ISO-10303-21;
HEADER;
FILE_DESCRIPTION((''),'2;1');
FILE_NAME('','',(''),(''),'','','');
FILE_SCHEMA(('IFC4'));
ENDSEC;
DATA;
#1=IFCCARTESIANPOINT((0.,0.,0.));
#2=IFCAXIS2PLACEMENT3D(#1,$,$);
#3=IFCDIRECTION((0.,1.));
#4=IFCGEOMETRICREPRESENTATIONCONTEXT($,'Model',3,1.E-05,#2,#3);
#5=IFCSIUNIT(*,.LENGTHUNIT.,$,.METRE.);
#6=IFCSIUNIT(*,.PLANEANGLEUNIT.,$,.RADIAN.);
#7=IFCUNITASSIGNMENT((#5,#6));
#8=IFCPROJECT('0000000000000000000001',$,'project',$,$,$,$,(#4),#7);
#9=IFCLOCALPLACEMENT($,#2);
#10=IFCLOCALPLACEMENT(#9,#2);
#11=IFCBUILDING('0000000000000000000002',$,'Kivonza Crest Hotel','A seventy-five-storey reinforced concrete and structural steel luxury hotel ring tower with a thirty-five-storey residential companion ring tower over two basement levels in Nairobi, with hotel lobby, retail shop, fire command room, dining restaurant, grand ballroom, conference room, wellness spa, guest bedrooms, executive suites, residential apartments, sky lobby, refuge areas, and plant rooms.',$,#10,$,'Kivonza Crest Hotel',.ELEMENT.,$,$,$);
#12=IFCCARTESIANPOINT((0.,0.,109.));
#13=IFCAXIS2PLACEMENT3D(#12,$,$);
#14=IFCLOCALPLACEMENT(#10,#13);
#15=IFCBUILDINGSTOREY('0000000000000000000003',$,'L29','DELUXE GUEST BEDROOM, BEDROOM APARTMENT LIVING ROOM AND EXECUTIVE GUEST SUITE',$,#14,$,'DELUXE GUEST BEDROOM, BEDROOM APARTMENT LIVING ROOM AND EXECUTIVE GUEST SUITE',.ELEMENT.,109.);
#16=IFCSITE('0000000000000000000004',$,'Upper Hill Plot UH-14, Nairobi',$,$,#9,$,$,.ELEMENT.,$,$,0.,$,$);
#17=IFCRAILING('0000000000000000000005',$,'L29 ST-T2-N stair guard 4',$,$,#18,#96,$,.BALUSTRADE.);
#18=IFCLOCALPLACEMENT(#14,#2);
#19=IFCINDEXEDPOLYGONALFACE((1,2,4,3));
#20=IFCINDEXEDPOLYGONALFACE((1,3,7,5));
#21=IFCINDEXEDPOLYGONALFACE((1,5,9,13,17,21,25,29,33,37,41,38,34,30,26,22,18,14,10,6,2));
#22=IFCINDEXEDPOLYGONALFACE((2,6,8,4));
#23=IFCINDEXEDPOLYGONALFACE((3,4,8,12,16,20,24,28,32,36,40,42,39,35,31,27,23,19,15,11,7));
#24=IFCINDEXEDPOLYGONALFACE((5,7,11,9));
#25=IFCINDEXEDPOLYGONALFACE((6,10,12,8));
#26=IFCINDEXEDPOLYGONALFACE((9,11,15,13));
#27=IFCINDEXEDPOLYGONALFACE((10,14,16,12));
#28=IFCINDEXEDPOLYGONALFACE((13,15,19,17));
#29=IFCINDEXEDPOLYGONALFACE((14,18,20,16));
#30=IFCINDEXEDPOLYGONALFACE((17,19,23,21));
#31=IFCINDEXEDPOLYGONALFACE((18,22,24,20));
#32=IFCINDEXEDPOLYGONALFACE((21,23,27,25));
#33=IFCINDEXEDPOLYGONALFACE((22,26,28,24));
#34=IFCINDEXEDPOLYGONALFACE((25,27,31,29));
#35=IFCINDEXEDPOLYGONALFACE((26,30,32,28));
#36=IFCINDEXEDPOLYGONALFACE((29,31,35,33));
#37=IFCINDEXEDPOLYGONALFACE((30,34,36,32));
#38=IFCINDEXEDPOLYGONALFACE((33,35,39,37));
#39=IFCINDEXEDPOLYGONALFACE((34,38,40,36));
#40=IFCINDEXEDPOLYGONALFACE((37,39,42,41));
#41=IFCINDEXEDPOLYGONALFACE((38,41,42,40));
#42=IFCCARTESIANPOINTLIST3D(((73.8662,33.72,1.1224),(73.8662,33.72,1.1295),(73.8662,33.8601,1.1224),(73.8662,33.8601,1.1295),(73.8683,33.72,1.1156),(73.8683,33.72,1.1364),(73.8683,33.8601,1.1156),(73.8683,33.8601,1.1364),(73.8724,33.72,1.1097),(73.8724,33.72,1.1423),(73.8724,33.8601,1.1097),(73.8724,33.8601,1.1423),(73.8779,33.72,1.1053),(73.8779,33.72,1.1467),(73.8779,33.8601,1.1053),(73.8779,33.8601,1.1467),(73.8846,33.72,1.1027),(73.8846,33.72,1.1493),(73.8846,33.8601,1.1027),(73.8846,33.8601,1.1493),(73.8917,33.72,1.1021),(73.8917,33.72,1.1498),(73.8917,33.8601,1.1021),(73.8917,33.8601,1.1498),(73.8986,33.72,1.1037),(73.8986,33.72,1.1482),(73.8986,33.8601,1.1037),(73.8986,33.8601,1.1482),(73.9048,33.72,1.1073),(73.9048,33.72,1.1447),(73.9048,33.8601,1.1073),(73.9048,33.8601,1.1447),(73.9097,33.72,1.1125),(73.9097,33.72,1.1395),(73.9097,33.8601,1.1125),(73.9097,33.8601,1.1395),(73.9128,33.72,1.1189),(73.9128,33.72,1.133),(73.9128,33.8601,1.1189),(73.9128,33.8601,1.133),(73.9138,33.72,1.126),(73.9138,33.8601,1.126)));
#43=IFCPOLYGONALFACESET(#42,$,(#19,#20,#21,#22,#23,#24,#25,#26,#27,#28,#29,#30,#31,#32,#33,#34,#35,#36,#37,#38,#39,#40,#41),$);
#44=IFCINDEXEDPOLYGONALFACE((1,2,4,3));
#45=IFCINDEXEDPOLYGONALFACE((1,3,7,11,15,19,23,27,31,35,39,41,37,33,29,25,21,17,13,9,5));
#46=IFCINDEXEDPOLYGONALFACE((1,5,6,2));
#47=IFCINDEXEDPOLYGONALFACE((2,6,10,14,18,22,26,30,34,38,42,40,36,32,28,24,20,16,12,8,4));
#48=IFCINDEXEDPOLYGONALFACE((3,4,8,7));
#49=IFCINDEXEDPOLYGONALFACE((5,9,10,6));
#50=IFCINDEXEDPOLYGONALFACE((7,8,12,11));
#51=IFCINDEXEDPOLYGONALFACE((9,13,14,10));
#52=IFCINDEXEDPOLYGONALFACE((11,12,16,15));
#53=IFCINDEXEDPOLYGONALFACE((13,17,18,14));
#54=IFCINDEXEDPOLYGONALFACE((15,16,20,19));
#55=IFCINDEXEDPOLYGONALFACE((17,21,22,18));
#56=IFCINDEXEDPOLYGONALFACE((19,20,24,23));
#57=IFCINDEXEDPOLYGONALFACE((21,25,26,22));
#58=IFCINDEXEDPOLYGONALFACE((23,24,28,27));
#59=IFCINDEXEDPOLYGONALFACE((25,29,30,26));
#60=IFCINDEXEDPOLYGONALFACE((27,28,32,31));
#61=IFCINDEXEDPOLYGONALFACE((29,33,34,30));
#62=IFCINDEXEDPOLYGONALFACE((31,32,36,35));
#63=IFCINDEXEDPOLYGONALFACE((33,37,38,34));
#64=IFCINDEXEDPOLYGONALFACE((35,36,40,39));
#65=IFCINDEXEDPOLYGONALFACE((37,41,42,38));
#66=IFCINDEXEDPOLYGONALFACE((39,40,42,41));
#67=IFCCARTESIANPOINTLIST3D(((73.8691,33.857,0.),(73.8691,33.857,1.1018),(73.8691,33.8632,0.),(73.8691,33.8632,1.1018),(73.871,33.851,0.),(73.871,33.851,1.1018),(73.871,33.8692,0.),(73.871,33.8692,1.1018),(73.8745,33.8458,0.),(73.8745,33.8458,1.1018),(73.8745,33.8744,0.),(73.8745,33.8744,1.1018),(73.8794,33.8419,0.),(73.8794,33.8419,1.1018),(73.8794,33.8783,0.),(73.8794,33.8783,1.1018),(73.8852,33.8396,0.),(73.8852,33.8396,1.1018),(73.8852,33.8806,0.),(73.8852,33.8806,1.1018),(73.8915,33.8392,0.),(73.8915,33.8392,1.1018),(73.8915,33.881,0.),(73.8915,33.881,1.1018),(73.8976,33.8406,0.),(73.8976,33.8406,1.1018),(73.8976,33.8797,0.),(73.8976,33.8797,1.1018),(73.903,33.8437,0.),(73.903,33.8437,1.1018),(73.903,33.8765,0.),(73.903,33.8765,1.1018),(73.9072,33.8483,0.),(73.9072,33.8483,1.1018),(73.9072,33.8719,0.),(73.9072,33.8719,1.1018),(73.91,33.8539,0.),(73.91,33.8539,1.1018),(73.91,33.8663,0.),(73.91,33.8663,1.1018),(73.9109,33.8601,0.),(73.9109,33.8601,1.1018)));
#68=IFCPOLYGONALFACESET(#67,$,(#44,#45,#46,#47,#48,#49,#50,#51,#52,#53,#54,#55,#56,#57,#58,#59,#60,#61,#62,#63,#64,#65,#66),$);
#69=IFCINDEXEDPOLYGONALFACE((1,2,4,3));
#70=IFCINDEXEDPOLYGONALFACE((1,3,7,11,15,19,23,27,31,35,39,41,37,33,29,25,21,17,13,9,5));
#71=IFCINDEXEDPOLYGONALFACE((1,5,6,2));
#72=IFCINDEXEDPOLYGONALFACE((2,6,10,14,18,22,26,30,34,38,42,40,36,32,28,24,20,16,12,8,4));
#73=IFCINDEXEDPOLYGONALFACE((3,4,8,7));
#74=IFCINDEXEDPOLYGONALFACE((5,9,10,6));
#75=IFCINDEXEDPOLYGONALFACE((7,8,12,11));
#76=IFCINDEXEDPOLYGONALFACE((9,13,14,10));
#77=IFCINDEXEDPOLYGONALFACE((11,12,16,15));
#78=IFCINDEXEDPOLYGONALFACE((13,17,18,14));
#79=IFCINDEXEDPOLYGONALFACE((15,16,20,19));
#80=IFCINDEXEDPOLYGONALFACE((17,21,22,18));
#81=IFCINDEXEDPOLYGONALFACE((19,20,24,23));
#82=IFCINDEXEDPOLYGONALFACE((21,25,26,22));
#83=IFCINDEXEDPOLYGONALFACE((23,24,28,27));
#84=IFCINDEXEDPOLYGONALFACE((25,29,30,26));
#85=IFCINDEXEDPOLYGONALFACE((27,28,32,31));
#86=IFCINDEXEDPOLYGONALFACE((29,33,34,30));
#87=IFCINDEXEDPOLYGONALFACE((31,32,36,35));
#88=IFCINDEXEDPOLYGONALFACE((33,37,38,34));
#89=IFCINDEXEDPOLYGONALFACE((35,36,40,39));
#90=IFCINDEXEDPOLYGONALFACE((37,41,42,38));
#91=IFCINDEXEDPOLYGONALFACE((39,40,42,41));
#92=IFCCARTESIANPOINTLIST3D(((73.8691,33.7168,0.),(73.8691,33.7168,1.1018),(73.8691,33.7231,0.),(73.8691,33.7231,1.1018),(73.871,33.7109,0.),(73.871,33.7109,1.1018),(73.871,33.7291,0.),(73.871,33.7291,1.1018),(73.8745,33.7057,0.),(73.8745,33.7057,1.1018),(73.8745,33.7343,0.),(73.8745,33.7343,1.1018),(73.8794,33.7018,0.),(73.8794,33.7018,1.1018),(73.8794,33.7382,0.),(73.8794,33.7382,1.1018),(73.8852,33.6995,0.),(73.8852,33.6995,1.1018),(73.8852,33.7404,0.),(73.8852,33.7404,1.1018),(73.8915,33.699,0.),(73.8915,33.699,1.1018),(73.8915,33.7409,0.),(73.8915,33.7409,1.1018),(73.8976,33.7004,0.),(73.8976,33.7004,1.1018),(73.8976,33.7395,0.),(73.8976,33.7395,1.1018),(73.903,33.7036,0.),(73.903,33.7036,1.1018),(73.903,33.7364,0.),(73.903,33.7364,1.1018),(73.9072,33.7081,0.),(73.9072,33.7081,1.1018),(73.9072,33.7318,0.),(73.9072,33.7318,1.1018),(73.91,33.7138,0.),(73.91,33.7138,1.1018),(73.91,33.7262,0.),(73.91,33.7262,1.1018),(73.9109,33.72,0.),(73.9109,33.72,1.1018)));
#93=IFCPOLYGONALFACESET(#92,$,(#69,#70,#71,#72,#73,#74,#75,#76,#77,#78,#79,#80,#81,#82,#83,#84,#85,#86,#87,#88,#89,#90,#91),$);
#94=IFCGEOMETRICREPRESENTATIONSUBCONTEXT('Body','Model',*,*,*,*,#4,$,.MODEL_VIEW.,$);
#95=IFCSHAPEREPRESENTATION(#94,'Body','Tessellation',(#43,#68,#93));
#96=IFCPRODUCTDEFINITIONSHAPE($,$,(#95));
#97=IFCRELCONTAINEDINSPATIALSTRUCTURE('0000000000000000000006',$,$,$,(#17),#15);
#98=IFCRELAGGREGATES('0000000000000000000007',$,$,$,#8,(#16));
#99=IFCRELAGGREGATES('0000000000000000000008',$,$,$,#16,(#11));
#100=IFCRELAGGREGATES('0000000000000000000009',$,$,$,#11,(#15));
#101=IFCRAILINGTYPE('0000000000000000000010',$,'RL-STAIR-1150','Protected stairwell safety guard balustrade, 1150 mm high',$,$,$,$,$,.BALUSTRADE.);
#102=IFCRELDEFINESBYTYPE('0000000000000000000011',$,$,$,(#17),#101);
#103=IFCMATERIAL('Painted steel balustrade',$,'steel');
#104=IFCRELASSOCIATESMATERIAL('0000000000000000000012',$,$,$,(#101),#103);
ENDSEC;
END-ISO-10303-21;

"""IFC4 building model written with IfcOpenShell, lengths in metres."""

from ifc_helpers import new_model, si_unit, direction, frame, origin, origin_2d, place, context, subcontext, project, spatial, circle, extrude, material, type_object, element, save


model = new_model("IFC4")

# Units and contexts
model_context = context("Model", 3, precision=1e-05, world=origin(), true_north=direction((0.0, 1.0)))
body_context = subcontext(model_context, "Body", "Model", "MODEL_VIEW")
ifc_project = project(units=[si_unit("LENGTHUNIT", "METRE"), si_unit("PLANEANGLEUNIT", "RADIAN")], contexts=[model_context])

# Site, building, storey
site_placement = place(None, origin())
site = spatial("IfcSite", under=ifc_project, at=site_placement, Name="Upper Hill Plot UH-14, Nairobi", CompositionType="ELEMENT", RefElevation=0.0)
building_placement = place(site_placement, origin())
building = spatial("IfcBuilding", under=site, at=building_placement, Name="Kivonza Crest Hotel", Description="A seventy-five-storey reinforced concrete and structural steel luxury hotel ring tower with a thirty-five-storey residential companion ring tower over two basement levels in Nairobi, with hotel lobby, retail shop, fire command room, dining restaurant, grand ballroom, conference room, wellness spa, guest bedrooms, executive suites, residential apartments, sky lobby, refuge areas, and plant rooms.", LongName="Kivonza Crest Hotel", CompositionType="ELEMENT")
storey_placement = place(building_placement, frame((0.0, 0.0, 109.0)))
storey = spatial("IfcBuildingStorey", under=building, at=storey_placement, Name="L29", Description="DELUXE GUEST BEDROOM, BEDROOM APARTMENT LIVING ROOM AND EXECUTIVE GUEST SUITE", LongName="DELUXE GUEST BEDROOM, BEDROOM APARTMENT LIVING ROOM AND EXECUTIVE GUEST SUITE", CompositionType="ELEMENT", Elevation=109.0)

# Railing
ifc_material_1 = material(Name="Painted steel balustrade", Category="steel")
railing_type_1 = type_object("IfcRailingType", Name="RL-STAIR-1150", Description="Protected stairwell safety guard balustrade, 1150 mm high", PredefinedType="BALUSTRADE", material=ifc_material_1)
railing_1_placement = place(storey_placement, frame((73.8899, 33.8601, 0.0)))
element("IfcRailing", 1, at=railing_1_placement, inside=storey, type_object=railing_type_1, Name="L29 ST-T2-N stair guard 4", PredefinedType="BALUSTRADE", context=body_context, shape_type="SweptSolid", body=[
    extrude(circle(Radius=0.0239, at=origin_2d()), frame((0.0, 0.0, 1.126), z_axis=(0.0, -1.0, 0.0), x_axis=(1.0, 0.0, 0.0)), (0.0, 0.0, 1.0), 0.1401),
    extrude(circle(Radius=0.021, at=origin_2d()), origin(), (0.0, 0.0, 1.0), 1.1018),
    extrude(circle(Radius=0.021, at=origin_2d()), frame((0.0, -0.1401, 0.0)), (0.0, 0.0, 1.0), 1.1018),
])

save(model, "model.ifc")
